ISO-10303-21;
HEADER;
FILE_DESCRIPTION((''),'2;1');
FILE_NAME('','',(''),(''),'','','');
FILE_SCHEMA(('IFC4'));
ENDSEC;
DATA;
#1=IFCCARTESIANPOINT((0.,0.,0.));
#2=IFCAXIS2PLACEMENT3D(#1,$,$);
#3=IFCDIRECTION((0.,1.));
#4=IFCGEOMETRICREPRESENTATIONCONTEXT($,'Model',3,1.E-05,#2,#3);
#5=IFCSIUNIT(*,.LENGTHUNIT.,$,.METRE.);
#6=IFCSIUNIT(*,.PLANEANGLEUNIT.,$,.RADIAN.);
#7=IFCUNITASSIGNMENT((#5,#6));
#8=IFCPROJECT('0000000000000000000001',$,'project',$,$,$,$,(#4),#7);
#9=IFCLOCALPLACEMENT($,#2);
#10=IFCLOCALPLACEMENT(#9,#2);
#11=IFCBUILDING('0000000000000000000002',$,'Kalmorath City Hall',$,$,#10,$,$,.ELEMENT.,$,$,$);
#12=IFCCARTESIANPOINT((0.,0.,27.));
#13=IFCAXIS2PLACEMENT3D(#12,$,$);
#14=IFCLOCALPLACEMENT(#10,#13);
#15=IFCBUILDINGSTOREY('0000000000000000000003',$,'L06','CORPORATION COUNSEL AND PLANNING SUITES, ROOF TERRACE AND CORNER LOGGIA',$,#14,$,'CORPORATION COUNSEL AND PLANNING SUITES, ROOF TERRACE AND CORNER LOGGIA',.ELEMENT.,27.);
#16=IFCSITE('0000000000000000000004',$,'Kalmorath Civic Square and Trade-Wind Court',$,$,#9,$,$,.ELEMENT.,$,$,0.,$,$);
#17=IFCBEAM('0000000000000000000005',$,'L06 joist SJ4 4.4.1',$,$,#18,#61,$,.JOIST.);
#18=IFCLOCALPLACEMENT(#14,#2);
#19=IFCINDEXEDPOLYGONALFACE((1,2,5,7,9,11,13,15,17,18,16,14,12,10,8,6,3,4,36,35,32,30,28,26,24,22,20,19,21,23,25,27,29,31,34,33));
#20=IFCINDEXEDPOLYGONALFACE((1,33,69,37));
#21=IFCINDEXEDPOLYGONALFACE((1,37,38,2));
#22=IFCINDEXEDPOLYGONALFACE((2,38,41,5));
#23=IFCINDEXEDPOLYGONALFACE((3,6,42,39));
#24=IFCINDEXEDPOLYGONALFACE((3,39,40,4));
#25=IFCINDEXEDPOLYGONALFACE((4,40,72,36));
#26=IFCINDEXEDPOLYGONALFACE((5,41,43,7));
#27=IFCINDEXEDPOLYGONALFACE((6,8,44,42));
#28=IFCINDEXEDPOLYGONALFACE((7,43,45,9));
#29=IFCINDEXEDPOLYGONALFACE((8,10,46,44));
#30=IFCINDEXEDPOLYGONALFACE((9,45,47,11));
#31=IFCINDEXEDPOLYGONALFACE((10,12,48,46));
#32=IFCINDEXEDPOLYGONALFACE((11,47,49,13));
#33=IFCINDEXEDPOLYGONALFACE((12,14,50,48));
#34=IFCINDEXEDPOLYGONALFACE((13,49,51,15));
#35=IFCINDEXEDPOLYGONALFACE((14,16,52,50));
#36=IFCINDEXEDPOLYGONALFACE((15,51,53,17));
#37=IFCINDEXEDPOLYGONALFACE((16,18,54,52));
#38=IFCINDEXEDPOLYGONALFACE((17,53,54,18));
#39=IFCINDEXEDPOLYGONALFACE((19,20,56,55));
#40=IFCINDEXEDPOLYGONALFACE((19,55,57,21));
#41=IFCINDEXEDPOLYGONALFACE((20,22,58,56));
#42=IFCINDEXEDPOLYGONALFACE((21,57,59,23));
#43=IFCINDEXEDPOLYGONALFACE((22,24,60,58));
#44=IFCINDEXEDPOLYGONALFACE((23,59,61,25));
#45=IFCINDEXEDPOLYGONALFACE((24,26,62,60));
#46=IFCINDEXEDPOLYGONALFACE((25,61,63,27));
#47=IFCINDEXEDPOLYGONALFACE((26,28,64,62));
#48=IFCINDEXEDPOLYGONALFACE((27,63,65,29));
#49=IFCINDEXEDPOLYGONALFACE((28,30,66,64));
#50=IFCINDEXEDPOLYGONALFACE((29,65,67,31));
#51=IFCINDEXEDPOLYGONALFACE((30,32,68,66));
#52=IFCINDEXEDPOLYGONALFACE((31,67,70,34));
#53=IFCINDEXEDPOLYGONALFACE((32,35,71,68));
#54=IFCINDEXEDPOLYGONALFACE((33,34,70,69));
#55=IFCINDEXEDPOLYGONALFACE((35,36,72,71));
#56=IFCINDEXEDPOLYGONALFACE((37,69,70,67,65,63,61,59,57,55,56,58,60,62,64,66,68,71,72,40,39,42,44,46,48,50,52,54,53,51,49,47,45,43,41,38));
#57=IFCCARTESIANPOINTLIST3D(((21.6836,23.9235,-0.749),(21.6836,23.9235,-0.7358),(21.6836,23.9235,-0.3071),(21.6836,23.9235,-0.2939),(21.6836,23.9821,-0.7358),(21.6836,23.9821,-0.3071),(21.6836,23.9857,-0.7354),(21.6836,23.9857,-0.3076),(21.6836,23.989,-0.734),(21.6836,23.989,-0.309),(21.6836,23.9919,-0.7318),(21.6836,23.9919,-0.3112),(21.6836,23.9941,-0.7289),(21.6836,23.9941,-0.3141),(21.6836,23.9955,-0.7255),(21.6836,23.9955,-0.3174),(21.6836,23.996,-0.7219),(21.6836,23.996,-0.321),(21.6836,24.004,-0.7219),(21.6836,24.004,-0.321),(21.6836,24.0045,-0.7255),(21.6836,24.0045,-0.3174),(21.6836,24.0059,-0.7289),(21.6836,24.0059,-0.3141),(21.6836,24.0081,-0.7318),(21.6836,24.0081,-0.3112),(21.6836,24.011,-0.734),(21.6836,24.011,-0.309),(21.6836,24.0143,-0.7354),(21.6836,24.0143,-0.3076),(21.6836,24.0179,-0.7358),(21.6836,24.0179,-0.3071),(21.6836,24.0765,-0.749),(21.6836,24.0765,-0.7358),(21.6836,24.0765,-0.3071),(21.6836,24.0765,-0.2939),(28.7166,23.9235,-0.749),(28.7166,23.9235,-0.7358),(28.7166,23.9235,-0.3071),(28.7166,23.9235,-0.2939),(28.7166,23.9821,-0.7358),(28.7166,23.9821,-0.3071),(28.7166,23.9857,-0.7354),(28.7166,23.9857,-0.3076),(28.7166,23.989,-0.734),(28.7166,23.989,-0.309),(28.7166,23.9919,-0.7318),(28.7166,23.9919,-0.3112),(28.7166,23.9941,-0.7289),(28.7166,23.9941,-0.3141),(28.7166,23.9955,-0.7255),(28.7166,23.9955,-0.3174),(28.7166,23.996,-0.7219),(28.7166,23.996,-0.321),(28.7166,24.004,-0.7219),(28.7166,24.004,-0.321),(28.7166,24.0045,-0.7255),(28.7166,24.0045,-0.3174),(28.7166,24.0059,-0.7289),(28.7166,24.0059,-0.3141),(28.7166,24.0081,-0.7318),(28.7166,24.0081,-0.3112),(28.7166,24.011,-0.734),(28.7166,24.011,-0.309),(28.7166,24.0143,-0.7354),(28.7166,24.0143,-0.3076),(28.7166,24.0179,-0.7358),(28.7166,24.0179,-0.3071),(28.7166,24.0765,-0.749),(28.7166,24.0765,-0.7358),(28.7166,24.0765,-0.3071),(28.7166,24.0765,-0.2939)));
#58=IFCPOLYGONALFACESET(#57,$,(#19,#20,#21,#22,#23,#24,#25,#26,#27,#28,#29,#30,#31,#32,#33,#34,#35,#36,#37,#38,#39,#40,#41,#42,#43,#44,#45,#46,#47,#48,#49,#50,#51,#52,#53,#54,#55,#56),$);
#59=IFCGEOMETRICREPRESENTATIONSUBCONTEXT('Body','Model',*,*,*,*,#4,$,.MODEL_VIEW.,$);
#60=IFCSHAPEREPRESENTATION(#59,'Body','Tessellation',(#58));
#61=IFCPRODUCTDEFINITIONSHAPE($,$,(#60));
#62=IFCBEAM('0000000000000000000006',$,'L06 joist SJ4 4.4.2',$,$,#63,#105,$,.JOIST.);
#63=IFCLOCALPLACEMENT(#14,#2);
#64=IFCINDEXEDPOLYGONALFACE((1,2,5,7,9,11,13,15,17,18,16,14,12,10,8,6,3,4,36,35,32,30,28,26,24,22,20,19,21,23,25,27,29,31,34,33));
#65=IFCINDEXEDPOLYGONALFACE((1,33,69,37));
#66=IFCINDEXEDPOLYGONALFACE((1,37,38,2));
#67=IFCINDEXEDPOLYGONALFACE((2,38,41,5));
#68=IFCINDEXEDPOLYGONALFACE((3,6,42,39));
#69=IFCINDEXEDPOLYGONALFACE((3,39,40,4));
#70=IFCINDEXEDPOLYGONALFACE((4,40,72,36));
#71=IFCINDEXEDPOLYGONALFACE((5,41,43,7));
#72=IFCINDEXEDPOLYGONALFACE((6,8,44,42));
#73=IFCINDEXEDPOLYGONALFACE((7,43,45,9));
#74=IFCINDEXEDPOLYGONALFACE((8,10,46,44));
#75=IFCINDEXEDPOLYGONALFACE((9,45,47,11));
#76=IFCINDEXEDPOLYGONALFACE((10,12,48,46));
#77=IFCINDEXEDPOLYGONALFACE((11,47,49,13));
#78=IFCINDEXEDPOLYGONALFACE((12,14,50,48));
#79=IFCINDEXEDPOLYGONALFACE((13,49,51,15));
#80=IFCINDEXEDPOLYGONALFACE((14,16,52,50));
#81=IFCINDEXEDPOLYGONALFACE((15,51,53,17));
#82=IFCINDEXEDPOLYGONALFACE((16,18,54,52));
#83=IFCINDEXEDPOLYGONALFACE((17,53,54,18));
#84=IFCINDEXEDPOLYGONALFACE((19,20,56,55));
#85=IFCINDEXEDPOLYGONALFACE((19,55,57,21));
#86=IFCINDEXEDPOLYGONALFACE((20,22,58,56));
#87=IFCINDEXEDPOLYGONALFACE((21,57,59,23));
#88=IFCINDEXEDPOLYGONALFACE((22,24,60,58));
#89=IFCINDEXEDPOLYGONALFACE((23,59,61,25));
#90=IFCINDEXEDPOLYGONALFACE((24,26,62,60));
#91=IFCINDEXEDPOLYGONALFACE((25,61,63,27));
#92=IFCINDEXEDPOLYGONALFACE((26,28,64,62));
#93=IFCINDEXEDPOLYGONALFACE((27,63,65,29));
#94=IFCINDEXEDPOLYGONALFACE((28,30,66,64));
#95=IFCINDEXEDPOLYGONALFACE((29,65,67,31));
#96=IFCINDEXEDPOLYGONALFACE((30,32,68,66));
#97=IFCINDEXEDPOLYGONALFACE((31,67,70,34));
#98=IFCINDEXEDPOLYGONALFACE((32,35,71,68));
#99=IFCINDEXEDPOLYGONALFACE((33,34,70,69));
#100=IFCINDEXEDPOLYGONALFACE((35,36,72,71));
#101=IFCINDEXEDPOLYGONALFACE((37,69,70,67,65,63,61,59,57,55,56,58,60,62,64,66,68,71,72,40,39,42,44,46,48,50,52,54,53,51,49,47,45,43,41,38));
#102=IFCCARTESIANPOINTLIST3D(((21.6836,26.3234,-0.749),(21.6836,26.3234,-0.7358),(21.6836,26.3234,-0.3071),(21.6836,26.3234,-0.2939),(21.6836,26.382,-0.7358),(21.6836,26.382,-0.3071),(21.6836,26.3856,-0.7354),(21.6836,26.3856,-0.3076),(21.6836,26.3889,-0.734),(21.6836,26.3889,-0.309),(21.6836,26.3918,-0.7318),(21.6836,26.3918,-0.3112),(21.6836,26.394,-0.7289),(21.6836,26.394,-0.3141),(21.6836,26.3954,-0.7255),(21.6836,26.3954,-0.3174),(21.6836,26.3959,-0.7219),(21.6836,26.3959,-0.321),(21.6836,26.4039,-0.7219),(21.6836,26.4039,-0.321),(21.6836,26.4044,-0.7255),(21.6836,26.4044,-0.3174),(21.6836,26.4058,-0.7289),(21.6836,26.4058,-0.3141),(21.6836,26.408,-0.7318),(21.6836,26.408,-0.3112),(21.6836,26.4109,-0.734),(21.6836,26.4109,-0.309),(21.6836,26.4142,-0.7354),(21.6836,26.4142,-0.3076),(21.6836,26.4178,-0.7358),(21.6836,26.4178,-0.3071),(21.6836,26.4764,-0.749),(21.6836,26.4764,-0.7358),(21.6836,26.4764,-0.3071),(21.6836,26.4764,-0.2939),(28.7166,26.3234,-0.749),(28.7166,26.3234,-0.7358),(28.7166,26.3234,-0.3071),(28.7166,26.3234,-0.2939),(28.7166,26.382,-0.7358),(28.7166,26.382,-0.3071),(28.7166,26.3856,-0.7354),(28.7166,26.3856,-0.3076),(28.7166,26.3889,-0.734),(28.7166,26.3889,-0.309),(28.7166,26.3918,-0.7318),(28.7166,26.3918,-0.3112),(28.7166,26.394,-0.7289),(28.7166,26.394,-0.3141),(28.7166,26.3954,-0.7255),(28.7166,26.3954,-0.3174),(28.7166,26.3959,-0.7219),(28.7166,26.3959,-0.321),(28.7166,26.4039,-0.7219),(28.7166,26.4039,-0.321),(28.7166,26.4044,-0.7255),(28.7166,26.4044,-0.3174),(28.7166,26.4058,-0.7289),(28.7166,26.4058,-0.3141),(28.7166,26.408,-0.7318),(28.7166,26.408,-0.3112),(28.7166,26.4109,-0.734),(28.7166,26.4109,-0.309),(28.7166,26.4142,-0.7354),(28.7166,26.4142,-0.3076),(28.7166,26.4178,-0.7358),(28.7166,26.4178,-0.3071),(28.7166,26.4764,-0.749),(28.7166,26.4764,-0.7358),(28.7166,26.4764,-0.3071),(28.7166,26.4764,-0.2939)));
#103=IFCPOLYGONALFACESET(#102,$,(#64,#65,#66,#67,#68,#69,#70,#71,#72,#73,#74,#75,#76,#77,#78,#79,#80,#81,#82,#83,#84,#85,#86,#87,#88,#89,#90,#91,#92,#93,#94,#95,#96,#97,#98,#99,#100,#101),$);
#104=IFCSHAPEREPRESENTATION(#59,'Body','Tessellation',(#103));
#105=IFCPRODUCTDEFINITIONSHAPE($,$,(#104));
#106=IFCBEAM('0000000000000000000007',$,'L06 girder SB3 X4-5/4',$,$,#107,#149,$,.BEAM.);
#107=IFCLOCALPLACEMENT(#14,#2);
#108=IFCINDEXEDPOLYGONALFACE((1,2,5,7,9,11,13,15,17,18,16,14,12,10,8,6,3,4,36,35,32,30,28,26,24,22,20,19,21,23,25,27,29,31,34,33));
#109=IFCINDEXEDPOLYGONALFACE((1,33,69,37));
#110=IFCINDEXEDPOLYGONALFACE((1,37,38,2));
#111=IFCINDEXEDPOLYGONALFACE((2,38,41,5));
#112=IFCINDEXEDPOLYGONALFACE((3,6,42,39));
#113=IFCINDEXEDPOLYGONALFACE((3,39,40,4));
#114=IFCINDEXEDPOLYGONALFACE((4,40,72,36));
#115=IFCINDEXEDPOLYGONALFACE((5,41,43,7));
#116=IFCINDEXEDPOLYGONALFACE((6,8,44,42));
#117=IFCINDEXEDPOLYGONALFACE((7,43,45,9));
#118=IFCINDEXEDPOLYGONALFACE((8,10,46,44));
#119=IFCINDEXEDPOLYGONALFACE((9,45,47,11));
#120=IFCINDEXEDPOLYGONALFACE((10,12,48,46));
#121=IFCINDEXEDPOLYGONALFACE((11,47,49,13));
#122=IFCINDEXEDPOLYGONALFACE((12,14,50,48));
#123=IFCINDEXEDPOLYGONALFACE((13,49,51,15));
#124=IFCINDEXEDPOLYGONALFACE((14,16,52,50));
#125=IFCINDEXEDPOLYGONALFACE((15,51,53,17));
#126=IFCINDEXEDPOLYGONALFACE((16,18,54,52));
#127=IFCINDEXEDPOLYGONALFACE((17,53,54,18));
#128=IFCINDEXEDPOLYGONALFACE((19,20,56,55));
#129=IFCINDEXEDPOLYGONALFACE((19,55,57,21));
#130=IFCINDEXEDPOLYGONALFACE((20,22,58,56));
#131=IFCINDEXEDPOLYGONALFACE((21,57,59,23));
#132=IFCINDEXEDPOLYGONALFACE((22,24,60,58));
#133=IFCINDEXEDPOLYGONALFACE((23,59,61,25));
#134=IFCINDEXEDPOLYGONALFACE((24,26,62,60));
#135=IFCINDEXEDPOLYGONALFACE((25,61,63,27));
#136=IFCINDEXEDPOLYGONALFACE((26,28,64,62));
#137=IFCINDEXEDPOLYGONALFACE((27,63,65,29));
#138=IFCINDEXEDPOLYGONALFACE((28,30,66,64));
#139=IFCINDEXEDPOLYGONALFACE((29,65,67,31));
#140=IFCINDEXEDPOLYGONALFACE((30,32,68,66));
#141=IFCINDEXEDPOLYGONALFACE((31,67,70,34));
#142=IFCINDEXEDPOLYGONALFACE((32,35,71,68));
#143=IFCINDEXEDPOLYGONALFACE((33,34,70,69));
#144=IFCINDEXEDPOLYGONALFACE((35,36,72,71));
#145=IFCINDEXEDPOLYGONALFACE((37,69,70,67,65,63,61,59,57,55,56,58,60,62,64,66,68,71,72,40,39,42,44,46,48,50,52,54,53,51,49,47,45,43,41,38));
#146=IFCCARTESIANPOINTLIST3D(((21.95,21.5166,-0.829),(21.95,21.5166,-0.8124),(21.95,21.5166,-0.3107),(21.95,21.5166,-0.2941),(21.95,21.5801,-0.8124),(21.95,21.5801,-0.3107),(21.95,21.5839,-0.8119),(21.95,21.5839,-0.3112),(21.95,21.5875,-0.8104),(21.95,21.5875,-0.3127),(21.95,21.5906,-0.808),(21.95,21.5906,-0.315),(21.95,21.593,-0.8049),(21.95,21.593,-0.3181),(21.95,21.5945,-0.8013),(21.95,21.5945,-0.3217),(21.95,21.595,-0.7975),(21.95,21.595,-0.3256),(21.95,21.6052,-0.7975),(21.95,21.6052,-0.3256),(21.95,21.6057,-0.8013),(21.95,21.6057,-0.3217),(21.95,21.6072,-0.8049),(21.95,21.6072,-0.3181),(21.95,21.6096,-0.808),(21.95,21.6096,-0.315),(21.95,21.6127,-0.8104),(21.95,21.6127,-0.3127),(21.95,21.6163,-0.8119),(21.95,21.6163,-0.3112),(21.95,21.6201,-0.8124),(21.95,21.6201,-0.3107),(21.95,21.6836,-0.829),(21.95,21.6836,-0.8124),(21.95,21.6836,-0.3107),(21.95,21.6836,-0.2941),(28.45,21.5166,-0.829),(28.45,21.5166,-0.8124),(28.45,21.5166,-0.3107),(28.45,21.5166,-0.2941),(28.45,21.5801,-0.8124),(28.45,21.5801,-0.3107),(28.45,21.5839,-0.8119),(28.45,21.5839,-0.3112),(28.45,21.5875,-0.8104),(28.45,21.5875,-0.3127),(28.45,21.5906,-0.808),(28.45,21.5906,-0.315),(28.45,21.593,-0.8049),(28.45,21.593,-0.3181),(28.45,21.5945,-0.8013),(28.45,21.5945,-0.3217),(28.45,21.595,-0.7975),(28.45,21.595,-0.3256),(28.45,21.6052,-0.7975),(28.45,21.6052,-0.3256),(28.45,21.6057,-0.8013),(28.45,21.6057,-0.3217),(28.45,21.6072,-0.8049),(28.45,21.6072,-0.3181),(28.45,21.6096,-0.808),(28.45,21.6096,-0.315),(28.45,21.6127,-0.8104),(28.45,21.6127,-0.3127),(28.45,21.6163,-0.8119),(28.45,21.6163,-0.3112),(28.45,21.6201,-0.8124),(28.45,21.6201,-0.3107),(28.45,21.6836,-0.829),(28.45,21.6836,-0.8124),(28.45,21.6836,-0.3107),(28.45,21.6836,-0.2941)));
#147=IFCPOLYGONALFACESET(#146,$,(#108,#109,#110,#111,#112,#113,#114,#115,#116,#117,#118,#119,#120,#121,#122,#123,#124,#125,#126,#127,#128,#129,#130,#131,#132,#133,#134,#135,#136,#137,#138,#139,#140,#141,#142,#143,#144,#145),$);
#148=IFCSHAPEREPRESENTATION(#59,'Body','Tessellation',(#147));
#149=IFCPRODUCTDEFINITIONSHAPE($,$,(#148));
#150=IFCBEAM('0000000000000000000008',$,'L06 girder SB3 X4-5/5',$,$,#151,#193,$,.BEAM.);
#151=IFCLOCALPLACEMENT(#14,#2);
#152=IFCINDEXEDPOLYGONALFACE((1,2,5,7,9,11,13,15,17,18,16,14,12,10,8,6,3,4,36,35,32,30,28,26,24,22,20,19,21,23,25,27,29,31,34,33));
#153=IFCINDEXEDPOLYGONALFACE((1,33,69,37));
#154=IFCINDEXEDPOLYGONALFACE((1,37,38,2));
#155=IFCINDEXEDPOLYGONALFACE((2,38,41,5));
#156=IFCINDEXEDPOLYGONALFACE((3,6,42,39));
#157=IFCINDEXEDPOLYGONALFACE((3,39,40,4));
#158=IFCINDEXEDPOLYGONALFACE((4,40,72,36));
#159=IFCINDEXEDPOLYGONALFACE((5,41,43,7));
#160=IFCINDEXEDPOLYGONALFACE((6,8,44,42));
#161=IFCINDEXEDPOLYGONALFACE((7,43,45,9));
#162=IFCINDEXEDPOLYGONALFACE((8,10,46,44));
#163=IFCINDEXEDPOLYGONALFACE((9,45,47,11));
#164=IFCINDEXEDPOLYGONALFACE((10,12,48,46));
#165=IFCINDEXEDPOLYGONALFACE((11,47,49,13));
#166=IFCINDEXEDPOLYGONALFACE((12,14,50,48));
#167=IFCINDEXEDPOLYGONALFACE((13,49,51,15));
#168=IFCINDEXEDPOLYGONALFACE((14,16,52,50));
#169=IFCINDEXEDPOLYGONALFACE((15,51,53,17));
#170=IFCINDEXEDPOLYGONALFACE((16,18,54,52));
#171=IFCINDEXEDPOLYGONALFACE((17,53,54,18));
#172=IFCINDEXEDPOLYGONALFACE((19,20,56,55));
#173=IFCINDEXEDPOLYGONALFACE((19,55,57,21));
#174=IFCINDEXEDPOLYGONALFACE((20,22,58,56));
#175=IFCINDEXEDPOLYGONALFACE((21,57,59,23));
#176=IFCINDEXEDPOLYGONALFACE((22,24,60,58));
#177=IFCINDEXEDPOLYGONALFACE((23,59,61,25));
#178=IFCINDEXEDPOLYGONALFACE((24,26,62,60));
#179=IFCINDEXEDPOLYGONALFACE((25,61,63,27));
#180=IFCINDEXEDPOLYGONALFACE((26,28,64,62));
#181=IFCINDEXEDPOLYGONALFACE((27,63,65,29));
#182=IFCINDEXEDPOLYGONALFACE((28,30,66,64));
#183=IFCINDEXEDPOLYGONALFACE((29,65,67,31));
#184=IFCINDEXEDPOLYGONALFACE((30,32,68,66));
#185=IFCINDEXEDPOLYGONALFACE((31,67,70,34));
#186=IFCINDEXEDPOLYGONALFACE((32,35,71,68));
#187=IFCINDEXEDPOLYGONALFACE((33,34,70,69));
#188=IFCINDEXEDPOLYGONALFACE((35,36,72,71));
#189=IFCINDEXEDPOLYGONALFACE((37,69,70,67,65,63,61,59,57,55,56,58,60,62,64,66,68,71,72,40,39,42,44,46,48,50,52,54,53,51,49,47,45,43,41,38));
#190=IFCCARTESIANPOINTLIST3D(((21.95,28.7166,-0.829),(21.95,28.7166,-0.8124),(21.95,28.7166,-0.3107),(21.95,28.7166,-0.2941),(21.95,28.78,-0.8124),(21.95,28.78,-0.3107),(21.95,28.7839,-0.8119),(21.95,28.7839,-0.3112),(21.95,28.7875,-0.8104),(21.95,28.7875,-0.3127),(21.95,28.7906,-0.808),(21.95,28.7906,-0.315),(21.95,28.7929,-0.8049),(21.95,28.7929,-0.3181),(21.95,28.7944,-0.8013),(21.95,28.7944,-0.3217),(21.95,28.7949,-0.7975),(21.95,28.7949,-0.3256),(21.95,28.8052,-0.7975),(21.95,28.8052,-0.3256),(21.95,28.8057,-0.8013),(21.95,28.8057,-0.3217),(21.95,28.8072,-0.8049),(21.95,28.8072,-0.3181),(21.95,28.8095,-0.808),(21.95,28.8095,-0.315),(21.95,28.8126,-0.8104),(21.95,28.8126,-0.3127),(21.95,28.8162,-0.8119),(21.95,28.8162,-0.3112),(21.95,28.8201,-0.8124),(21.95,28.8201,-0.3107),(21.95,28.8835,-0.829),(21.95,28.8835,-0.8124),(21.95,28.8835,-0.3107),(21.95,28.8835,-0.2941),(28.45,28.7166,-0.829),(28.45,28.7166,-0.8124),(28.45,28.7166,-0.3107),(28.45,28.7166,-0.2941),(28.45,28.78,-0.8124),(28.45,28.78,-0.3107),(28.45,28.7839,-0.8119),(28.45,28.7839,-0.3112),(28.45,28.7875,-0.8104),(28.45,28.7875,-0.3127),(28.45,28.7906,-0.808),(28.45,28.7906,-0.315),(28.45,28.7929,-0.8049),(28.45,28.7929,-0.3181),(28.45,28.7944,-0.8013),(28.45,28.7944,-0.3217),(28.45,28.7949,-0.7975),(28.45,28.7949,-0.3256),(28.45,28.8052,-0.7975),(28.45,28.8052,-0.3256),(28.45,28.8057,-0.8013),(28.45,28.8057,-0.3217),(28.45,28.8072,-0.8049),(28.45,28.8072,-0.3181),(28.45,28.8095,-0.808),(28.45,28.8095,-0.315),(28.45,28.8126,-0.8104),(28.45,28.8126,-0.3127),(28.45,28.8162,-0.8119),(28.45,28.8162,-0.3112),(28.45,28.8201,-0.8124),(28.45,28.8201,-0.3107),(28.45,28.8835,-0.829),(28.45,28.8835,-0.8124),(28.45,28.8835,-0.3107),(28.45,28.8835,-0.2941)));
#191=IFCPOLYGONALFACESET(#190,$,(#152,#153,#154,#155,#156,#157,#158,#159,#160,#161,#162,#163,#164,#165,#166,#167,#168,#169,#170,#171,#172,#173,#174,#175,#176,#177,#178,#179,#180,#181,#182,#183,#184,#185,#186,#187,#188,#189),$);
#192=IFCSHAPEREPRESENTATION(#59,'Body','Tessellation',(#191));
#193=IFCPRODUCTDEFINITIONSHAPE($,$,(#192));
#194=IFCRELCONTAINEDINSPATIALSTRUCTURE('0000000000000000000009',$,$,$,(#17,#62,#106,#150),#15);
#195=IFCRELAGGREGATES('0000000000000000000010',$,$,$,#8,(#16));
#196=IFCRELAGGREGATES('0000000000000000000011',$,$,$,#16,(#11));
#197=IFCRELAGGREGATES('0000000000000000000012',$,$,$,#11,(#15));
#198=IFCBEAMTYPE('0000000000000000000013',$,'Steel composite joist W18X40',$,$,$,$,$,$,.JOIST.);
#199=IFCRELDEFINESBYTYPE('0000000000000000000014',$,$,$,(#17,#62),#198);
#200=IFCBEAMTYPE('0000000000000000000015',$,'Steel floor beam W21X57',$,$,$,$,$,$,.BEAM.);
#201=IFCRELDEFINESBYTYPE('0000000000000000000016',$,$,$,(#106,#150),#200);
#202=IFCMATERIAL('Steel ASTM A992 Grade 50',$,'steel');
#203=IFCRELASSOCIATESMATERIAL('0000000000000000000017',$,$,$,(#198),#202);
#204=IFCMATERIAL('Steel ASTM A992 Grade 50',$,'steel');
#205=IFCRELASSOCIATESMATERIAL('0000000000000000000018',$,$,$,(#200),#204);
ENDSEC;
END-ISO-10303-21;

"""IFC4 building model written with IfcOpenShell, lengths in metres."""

from ifc_helpers import new_model, si_unit, direction, frame, origin, origin_2d, place, context, subcontext, project, spatial, i_section, extrude, material, material_profile, profile_set, type_object, element, save


model = new_model("IFC4")

# Units and contexts
model_context = context("Model", 3, precision=1e-05, world=origin(), true_north=direction((0.0, 1.0)))
body_context = subcontext(model_context, "Body", "Model", "MODEL_VIEW")
ifc_project = project(units=[si_unit("LENGTHUNIT", "METRE"), si_unit("PLANEANGLEUNIT", "RADIAN")], contexts=[model_context])

# Site, building, storey
site_placement = place(None, origin())
site = spatial("IfcSite", under=ifc_project, at=site_placement, Name="Kalmorath Civic Square and Trade-Wind Court", CompositionType="ELEMENT", RefElevation=0.0)
building_placement = place(site_placement, origin())
building = spatial("IfcBuilding", under=site, at=building_placement, Name="Kalmorath City Hall", CompositionType="ELEMENT")
storey_placement = place(building_placement, frame((0.0, 0.0, 27.0)))
storey = spatial("IfcBuildingStorey", under=building, at=storey_placement, Name="L06", Description="CORPORATION COUNSEL AND PLANNING SUITES, ROOF TERRACE AND CORNER LOGGIA", LongName="CORPORATION COUNSEL AND PLANNING SUITES, ROOF TERRACE AND CORNER LOGGIA", CompositionType="ELEMENT", Elevation=27.0)

# Beams
ifc_material_1 = material(Name="Steel ASTM A992 Grade 50", Category="steel")
ifc_material_profile_1 = material_profile(ifc_material_1, i_section(OverallWidth=0.1531, OverallDepth=0.4551, WebThickness=0.0081, FlangeThickness=0.0132, FilletRadius=0.0139, at=origin_2d()), Name="W18X40")
ifc_profile_set_1 = profile_set([ifc_material_profile_1], Name="Steel ASTM A992 Grade 50")
beam_type_1 = type_object("IfcBeamType", Name="Steel composite joist W18X40", PredefinedType="JOIST", material=ifc_profile_set_1)
for number, where, z_axis, x_axis, name in (
    (1, (21.6836, 24.0, -0.5215), (1.0, 0.0, 0.0), (0.0, 1.0, 0.0), "L06 joist SJ4 4.4.1"),
    (2, (21.6836, 26.3999, -0.5215), (1.0, 0.0, 0.0), (0.0, 1.0, 0.0), "L06 joist SJ4 4.4.2"),
):
    element("IfcBeam", number, at=place(storey_placement, frame(where, z_axis=z_axis, x_axis=x_axis)), inside=storey, type_object=beam_type_1, Name=name, PredefinedType="JOIST", context=body_context, shape_type="SweptSolid", body=[
        extrude(i_section(OverallWidth=0.1531, OverallDepth=0.4551, WebThickness=0.0081, FlangeThickness=0.0132, FilletRadius=0.0139, at=origin_2d()), origin(), (0.0, 0.0, 1.0), 7.033),
    ])
ifc_material_2 = material(Name="Steel ASTM A992 Grade 50", Category="steel")
ifc_material_profile_2 = material_profile(ifc_material_2, i_section(OverallWidth=0.167, OverallDepth=0.5349, WebThickness=0.0103, FlangeThickness=0.0166, FilletRadius=0.0149, at=origin_2d()), Name="W21X57")
ifc_profile_set_2 = profile_set([ifc_material_profile_2], Name="Steel ASTM A992 Grade 50")
beam_type_2 = type_object("IfcBeamType", Name="Steel floor beam W21X57", PredefinedType="BEAM", material=ifc_profile_set_2)
for number, where, z_axis, x_axis, name in (
    (3, (21.95, 21.6001, -0.5615), (1.0, 0.0, 0.0), (0.0, 1.0, 0.0), "L06 girder SB3 X4-5/4"),
    (4, (21.95, 28.8, -0.5615), (1.0, 0.0, 0.0), (0.0, 1.0, 0.0), "L06 girder SB3 X4-5/5"),
):
    element("IfcBeam", number, at=place(storey_placement, frame(where, z_axis=z_axis, x_axis=x_axis)), inside=storey, type_object=beam_type_2, Name=name, PredefinedType="BEAM", context=body_context, shape_type="SweptSolid", body=[
        extrude(i_section(OverallWidth=0.167, OverallDepth=0.5349, WebThickness=0.0103, FlangeThickness=0.0166, FilletRadius=0.0149, at=origin_2d()), origin(), (0.0, 0.0, 1.0), 6.5),
    ])

save(model, "model.ifc")
